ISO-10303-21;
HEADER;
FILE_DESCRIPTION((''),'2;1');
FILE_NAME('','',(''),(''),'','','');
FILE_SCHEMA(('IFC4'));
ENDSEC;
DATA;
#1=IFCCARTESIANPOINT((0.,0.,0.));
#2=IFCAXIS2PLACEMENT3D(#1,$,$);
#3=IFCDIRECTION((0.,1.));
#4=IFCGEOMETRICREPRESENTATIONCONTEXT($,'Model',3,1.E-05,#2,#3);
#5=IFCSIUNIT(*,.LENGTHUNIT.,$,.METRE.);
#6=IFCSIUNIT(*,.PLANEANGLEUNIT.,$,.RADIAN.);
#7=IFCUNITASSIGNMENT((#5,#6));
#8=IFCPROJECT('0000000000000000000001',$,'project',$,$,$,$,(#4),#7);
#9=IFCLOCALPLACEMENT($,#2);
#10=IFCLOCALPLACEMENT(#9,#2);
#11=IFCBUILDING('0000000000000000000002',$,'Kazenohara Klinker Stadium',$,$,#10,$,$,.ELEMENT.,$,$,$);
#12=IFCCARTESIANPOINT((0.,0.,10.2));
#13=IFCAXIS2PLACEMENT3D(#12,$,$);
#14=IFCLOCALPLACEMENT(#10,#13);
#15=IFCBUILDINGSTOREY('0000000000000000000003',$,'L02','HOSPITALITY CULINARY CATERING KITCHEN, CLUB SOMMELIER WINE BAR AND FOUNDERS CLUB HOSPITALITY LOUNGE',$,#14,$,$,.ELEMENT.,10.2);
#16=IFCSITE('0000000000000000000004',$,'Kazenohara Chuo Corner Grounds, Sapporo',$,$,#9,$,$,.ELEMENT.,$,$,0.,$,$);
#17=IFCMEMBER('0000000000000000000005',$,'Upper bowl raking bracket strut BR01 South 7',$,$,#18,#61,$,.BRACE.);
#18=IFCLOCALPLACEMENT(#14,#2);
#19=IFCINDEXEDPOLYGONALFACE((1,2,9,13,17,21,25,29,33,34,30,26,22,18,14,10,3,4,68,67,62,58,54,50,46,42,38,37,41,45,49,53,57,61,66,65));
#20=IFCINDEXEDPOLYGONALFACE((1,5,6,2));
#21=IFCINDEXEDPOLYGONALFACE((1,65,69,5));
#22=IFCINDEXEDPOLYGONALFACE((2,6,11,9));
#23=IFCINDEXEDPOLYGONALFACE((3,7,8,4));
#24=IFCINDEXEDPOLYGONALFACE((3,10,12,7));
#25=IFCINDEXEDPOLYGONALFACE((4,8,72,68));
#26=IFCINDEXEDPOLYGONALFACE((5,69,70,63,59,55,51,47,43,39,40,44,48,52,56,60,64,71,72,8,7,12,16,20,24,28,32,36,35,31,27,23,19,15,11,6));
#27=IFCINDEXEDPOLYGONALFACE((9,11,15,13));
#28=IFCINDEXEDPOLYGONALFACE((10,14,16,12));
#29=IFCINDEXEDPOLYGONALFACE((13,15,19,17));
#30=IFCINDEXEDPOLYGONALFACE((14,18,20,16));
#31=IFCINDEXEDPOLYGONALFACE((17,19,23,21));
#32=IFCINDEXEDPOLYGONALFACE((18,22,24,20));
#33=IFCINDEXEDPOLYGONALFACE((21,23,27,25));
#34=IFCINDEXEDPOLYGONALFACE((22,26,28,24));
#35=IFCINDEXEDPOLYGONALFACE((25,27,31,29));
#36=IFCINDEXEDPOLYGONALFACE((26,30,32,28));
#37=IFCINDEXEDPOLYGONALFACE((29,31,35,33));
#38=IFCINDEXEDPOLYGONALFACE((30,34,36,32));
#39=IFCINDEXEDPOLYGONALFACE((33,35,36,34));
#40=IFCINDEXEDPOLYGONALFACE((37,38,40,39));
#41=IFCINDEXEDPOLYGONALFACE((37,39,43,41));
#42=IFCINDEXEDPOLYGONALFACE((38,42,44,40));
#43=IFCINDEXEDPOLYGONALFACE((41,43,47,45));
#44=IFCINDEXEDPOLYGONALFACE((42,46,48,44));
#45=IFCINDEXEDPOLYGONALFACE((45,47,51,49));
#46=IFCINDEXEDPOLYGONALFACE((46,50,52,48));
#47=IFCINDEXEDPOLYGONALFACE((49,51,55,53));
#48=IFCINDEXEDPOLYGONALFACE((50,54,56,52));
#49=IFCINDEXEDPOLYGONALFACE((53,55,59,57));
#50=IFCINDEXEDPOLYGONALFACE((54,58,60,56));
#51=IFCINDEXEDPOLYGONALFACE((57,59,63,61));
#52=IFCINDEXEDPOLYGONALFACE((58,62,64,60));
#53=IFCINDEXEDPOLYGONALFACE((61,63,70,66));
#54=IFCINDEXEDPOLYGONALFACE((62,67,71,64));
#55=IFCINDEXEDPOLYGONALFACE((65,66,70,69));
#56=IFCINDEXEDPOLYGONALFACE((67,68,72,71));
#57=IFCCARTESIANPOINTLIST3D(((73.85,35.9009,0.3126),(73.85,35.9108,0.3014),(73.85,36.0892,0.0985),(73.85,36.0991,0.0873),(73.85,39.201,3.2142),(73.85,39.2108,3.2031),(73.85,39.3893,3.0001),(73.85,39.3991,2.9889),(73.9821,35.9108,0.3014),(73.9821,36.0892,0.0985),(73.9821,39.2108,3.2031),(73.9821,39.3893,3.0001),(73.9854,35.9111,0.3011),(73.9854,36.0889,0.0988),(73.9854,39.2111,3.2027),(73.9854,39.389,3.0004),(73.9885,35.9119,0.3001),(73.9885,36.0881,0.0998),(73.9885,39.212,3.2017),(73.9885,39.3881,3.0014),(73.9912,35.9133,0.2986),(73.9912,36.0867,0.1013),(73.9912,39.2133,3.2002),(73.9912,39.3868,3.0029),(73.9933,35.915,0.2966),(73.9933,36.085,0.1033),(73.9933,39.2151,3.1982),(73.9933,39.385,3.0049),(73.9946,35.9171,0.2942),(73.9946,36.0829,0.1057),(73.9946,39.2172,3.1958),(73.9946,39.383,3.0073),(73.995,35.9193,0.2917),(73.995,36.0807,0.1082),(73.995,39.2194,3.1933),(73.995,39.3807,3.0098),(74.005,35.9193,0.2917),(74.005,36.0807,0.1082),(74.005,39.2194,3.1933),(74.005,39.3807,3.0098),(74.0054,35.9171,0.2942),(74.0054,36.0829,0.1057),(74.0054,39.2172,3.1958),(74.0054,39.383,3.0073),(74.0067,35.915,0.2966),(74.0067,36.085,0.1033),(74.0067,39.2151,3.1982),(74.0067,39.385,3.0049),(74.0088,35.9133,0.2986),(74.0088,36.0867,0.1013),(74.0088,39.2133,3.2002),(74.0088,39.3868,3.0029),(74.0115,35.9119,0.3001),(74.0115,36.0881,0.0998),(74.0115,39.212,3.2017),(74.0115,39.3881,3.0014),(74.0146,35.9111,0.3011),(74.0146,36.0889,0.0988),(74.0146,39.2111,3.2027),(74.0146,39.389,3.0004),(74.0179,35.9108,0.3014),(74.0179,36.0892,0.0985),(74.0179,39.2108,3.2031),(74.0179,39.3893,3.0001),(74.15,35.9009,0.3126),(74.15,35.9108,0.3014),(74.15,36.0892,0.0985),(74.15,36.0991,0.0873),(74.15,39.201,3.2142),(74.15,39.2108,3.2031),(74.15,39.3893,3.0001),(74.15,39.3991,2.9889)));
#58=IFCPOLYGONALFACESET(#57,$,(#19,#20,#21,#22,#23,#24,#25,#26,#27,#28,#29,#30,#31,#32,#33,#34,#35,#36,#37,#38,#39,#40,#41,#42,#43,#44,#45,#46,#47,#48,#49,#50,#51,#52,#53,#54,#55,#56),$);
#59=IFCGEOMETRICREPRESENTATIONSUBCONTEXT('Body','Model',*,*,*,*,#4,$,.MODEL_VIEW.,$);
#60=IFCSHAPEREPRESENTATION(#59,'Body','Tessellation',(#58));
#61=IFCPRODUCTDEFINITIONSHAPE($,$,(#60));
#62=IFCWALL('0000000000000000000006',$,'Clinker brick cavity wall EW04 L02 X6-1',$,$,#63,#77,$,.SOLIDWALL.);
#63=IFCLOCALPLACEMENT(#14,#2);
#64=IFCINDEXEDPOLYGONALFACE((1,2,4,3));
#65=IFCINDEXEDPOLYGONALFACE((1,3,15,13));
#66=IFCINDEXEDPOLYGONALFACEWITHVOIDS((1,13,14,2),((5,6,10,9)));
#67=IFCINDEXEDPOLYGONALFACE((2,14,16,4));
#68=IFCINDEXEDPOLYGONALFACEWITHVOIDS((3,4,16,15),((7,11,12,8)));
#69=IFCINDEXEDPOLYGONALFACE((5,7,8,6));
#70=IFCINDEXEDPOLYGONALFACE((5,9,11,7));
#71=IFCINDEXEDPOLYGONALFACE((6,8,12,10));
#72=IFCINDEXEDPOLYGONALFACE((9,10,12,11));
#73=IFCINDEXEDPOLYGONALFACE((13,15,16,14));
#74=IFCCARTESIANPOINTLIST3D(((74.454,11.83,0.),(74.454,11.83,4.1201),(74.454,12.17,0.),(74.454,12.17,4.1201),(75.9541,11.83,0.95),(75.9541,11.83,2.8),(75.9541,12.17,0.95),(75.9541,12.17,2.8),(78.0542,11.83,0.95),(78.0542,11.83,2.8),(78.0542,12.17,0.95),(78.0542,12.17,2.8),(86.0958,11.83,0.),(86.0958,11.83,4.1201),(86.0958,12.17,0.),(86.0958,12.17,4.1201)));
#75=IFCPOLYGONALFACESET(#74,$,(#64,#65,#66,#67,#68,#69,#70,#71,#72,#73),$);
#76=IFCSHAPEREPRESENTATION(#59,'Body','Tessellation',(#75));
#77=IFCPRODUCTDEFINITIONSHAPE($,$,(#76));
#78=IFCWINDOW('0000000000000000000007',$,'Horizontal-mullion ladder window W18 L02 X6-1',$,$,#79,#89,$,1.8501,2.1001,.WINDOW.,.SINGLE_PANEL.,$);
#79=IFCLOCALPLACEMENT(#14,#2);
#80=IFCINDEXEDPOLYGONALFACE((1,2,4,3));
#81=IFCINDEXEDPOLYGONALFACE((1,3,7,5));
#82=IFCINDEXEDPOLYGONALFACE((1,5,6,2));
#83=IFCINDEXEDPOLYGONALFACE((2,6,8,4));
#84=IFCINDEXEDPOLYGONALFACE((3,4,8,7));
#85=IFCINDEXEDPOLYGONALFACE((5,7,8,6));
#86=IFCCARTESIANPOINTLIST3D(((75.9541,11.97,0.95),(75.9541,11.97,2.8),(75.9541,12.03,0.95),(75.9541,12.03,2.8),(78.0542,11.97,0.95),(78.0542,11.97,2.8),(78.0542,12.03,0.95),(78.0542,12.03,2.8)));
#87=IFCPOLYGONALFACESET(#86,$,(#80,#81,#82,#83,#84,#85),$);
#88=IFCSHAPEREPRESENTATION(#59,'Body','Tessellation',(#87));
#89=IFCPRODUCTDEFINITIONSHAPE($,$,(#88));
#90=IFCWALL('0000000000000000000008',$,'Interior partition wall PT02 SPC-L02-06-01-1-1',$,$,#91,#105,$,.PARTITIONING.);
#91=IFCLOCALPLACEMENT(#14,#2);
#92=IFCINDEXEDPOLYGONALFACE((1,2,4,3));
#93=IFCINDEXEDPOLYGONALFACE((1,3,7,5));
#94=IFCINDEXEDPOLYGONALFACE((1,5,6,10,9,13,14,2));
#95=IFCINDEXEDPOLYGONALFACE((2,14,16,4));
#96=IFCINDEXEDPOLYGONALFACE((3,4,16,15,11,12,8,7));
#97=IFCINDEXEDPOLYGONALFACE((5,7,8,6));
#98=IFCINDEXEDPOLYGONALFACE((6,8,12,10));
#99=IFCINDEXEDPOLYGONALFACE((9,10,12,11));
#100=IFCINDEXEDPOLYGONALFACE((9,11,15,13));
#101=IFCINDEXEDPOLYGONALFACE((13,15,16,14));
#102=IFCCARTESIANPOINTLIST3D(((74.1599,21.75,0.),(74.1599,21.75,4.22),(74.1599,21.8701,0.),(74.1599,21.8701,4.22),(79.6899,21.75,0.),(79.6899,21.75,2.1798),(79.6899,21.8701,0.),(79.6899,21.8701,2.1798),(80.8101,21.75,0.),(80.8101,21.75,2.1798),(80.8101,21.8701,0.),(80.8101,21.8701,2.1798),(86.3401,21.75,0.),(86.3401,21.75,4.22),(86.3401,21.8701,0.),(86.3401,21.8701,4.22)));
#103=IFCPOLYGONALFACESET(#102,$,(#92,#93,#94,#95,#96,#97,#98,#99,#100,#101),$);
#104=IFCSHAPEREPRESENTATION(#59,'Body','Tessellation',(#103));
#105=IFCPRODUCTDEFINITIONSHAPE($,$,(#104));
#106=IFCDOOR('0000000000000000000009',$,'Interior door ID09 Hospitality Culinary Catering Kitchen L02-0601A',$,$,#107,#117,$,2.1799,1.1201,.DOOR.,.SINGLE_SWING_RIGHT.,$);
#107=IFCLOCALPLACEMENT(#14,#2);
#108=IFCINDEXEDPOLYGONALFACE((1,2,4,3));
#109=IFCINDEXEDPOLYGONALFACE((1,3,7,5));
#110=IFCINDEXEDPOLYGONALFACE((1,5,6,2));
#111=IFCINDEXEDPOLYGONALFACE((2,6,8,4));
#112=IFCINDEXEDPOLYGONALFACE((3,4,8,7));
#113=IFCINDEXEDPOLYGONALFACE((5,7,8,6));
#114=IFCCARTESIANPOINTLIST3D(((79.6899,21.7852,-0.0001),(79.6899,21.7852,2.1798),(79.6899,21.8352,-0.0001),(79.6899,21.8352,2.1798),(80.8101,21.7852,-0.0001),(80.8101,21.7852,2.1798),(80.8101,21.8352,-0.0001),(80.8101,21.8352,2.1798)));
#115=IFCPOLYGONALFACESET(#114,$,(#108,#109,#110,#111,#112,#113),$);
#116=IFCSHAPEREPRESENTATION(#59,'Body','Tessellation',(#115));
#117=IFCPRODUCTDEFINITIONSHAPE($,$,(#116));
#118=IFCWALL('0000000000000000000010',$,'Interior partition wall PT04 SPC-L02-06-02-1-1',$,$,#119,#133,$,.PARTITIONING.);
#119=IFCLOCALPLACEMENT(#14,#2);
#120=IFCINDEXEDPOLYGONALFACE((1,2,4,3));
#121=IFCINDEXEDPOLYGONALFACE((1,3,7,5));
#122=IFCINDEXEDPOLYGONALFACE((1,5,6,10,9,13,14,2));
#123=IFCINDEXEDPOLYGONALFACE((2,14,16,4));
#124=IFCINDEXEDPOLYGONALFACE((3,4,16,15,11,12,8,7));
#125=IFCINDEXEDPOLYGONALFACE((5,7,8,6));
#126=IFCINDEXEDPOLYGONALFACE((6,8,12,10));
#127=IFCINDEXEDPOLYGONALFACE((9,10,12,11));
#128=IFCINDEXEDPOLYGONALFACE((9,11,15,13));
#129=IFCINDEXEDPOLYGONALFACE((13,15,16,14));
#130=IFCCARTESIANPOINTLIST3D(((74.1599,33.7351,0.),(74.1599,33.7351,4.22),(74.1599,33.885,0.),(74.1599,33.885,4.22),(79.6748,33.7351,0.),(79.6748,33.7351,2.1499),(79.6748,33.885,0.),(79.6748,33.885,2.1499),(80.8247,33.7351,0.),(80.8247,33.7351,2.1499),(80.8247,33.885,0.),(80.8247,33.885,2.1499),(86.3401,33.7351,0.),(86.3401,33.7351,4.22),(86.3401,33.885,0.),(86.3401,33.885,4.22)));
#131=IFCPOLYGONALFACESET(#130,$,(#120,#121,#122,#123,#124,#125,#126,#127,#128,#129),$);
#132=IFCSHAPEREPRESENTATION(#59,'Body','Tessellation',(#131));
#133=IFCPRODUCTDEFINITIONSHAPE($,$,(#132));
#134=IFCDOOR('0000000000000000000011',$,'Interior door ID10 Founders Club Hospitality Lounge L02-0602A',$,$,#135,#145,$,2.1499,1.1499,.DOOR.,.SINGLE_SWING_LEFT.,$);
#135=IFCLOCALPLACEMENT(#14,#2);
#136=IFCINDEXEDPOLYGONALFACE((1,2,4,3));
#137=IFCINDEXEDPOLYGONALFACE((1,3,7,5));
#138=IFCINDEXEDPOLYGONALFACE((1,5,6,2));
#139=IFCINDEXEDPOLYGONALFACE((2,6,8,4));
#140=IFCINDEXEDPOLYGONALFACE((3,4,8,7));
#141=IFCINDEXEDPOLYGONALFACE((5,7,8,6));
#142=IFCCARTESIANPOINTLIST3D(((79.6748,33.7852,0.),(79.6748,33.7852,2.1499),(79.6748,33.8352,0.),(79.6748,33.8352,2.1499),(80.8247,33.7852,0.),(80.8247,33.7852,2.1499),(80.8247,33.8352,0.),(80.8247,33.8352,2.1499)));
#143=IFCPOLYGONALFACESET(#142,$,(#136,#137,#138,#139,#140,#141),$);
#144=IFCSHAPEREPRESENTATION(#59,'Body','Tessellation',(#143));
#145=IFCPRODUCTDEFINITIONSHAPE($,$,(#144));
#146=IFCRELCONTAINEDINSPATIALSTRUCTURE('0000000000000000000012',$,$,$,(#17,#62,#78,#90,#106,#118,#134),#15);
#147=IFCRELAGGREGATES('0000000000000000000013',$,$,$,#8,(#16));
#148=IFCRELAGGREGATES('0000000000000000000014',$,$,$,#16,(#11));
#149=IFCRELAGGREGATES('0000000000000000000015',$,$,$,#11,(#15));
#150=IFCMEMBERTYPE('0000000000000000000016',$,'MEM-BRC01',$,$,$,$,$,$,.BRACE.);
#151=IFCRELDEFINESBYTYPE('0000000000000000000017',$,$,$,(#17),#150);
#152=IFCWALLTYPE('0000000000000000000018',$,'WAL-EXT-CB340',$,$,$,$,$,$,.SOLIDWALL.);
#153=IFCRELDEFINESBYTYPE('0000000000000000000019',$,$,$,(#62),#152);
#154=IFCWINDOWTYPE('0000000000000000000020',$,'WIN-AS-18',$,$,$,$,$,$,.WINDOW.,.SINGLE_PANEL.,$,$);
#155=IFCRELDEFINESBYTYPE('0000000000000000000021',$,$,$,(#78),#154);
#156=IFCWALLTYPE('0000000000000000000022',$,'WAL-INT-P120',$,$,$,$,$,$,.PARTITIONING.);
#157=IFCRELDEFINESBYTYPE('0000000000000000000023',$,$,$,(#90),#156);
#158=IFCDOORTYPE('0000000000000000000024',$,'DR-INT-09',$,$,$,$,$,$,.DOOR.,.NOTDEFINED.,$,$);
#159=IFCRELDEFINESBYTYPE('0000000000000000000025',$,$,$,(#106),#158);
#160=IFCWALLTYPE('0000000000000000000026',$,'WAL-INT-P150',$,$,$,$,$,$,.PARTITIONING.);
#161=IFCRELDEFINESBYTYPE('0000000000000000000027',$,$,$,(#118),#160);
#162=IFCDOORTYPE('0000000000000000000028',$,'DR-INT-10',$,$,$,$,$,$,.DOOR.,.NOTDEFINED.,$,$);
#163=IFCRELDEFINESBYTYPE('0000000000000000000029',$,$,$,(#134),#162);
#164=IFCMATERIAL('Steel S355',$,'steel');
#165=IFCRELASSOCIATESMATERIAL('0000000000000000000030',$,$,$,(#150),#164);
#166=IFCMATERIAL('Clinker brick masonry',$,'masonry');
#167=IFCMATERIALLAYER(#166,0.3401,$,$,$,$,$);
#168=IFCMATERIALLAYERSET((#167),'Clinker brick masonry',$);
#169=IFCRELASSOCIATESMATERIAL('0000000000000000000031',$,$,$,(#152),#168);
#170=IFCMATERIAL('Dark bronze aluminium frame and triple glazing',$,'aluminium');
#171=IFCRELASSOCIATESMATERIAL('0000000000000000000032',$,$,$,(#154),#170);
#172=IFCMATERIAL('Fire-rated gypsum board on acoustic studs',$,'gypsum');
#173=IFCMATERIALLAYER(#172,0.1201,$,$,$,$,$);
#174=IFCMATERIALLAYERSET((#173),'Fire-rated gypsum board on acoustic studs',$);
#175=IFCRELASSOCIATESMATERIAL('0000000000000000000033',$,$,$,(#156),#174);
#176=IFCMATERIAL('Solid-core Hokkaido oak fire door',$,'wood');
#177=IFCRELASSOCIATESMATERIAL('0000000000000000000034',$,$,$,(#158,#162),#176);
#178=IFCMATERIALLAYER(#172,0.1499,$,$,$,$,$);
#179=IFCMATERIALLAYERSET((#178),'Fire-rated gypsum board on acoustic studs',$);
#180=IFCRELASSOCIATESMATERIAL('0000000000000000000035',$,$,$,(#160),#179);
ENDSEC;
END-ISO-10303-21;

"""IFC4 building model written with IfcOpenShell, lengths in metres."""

from ifc_helpers import new_model, si_unit, direction, frame, frame_2d, origin, origin_2d, place, context, subcontext, project, spatial, rectangle, i_section, extrude, material, layer, layer_set, material_profile, profile_set, type_object, element, fill, save


model = new_model("IFC4")

# Units and contexts
model_context = context("Model", 3, precision=1e-05, world=origin(), true_north=direction((0.0, 1.0)))
body_context = subcontext(model_context, "Body", "Model", "MODEL_VIEW")
ifc_project = project(units=[si_unit("LENGTHUNIT", "METRE"), si_unit("PLANEANGLEUNIT", "RADIAN")], contexts=[model_context])

# Site, building, storey
site_placement = place(None, origin())
site = spatial("IfcSite", under=ifc_project, at=site_placement, Name="Kazenohara Chuo Corner Grounds, Sapporo", CompositionType="ELEMENT", RefElevation=0.0)
building_placement = place(site_placement, origin())
building = spatial("IfcBuilding", under=site, at=building_placement, Name="Kazenohara Klinker Stadium", CompositionType="ELEMENT")
storey_placement = place(building_placement, frame((0.0, 0.0, 10.2)))
storey = spatial("IfcBuildingStorey", under=building, at=storey_placement, Name="L02", Description="HOSPITALITY CULINARY CATERING KITCHEN, CLUB SOMMELIER WINE BAR AND FOUNDERS CLUB HOSPITALITY LOUNGE", CompositionType="ELEMENT", Elevation=10.2)

# Shared definitions
ifc_material_1 = material(Name="Steel S355", Category="steel")

# Member
ifc_material_profile_1 = material_profile(ifc_material_1, i_section(OverallWidth=0.3, OverallDepth=0.3, WebThickness=0.01, FlangeThickness=0.0149, FilletRadius=0.0129, at=origin_2d()), Name="H-300x300x10x15")
ifc_profile_set_1 = profile_set([ifc_material_profile_1], Name="Steel S355")
member_type = type_object("IfcMemberType", Name="MEM-BRC01", PredefinedType="BRACE", material=ifc_profile_set_1)
member_placement = place(storey_placement, frame((74.0, 36.0, 0.2), z_axis=(0.0, 0.750988, 0.660316), x_axis=(-1.0, 0.0, 0.0)))
element("IfcMember", 1, at=member_placement, inside=storey, type_object=member_type, Name="Upper bowl raking bracket strut BR01 South 7", PredefinedType="BRACE", context=body_context, shape_type="SweptSolid", body=[
    extrude(i_section(OverallWidth=0.3, OverallDepth=0.3, WebThickness=0.01, FlangeThickness=0.0149, FilletRadius=0.0129, at=origin_2d()), origin(), (0.0, 0.0, 1.0), 4.3943),
])

# Wall, opening, window
ifc_material_2 = material(Name="Clinker brick masonry", Category="masonry")
ifc_layer_1 = layer(ifc_material_2, 0.3401)
ifc_layer_set_1 = layer_set([ifc_layer_1], Name="Clinker brick masonry")
wall_type_1 = type_object("IfcWallType", Name="WAL-EXT-CB340", PredefinedType="SOLIDWALL", material=ifc_layer_set_1)
wall_1_placement = place(storey_placement, frame((74.4541, 12.0, 0.0), z_axis=(0.0, 0.0, 1.0), x_axis=(1.0, 0.0, 0.0)))
wall_1 = element("IfcWall", 2, at=wall_1_placement, inside=storey, type_object=wall_type_1, Name="Clinker brick cavity wall EW04 L02 X6-1", PredefinedType="SOLIDWALL", context=body_context, shape_type="SweptSolid", body=[
    extrude(rectangle(XDim=11.6418, YDim=0.3401, at=frame_2d((5.8208, 0.0))), origin(), (0.0, 0.0, 1.0), 4.1201),
])
opening_1_placement = place(wall_1_placement, frame((1.5, 0.0, 0.95)))
opening_1 = element("IfcOpeningElement", 3, at=opening_1_placement, cuts=wall_1, PredefinedType="OPENING", context=body_context, shape_type="SweptSolid", body=[
    extrude(rectangle(XDim=2.1001, YDim=1.8501, at=frame_2d((1.05, 0.925))), frame((0.0, 0.1802, 0.0), z_axis=(0.0, -1.0, 0.0), x_axis=(1.0, 0.0, 0.0)), (0.0, 0.0, 1.0), 0.3601),
])
ifc_material_3 = material(Name="Dark bronze aluminium frame and triple glazing", Category="aluminium")
window_type = type_object("IfcWindowType", Name="WIN-AS-18", PartitioningType="SINGLE_PANEL", PredefinedType="WINDOW", material=ifc_material_3)
window_placement = place(opening_1_placement, origin())
window = element("IfcWindow", 4, at=window_placement, inside=storey, type_object=window_type, Name="Horizontal-mullion ladder window W18 L02 X6-1", OverallHeight=1.8501, OverallWidth=2.1001, PartitioningType="SINGLE_PANEL", PredefinedType="WINDOW", context=body_context, shape_type="SweptSolid", body=[
    extrude(rectangle(XDim=2.1001, YDim=1.8501, at=frame_2d((1.05, 0.925))), frame((0.0, 0.03, 0.0), z_axis=(0.0, -1.0, 0.0), x_axis=(1.0, 0.0, 0.0)), (0.0, 0.0, 1.0), 0.0601),
])
fill(opening_1, window)

# Walls, openings, doors
ifc_material_4 = material(Name="Fire-rated gypsum board on acoustic studs", Category="gypsum")
ifc_layer_2 = layer(ifc_material_4, 0.1201)
ifc_layer_set_2 = layer_set([ifc_layer_2], Name="Fire-rated gypsum board on acoustic studs")
wall_type_2 = type_object("IfcWallType", Name="WAL-INT-P120", PredefinedType="PARTITIONING", material=ifc_layer_set_2)
wall_2_placement = place(storey_placement, frame((74.1599, 21.8101, 0.0), z_axis=(0.0, 0.0, 1.0), x_axis=(1.0, 0.0, 0.0)))
wall_2 = element("IfcWall", 5, at=wall_2_placement, inside=storey, type_object=wall_type_2, Name="Interior partition wall PT02 SPC-L02-06-01-1-1", PredefinedType="PARTITIONING", context=body_context, shape_type="SweptSolid", body=[
    extrude(rectangle(XDim=12.1802, YDim=0.1201, at=frame_2d((6.0901, 0.0))), origin(), (0.0, 0.0, 1.0), 4.22),
])
opening_2_placement = place(wall_2_placement, frame((6.6501, 0.0, 0.0), z_axis=(0.0, 0.0, 1.0), x_axis=(-1.0, 0.0, 0.0)))
opening_2 = element("IfcOpeningElement", 6, at=opening_2_placement, cuts=wall_2, PredefinedType="OPENING", context=body_context, shape_type="SweptSolid", body=[
    extrude(rectangle(XDim=1.1201, YDim=2.1799, at=frame_2d((0.5601, 1.0898))), frame((0.0, 0.0701, 0.0), z_axis=(0.0, -1.0, 0.0), x_axis=(1.0, 0.0, 0.0)), (0.0, 0.0, 1.0), 0.1401),
])
ifc_material_5 = material(Name="Solid-core Hokkaido oak fire door", Category="wood")
door_type_1 = type_object("IfcDoorType", Name="DR-INT-09", OperationType="NOTDEFINED", PredefinedType="DOOR", material=ifc_material_5)
door_1_placement = place(opening_2_placement, origin())
door_1 = element("IfcDoor", 7, at=door_1_placement, inside=storey, type_object=door_type_1, Name="Interior door ID09 Hospitality Culinary Catering Kitchen L02-0601A", OperationType="SINGLE_SWING_RIGHT", OverallHeight=2.1799, OverallWidth=1.1201, PredefinedType="DOOR", context=body_context, shape_type="SweptSolid", body=[
    extrude(rectangle(XDim=1.1201, YDim=2.1799, at=frame_2d((0.5601, 1.0898))), frame((0.0, 0.0249, 0.0), z_axis=(0.0, -1.0, 0.0), x_axis=(1.0, 0.0, 0.0)), (0.0, 0.0, 1.0), 0.05),
])
fill(opening_2, door_1)
ifc_layer_3 = layer(ifc_material_4, 0.1499)
ifc_layer_set_3 = layer_set([ifc_layer_3], Name="Fire-rated gypsum board on acoustic studs")
wall_type_3 = type_object("IfcWallType", Name="WAL-INT-P150", PredefinedType="PARTITIONING", material=ifc_layer_set_3)
wall_3_placement = place(storey_placement, frame((74.1599, 33.8101, 0.0), z_axis=(0.0, 0.0, 1.0), x_axis=(1.0, 0.0, 0.0)))
wall_3 = element("IfcWall", 8, at=wall_3_placement, inside=storey, type_object=wall_type_3, Name="Interior partition wall PT04 SPC-L02-06-02-1-1", PredefinedType="PARTITIONING", context=body_context, shape_type="SweptSolid", body=[
    extrude(rectangle(XDim=12.1802, YDim=0.1499, at=frame_2d((6.0901, 0.0))), origin(), (0.0, 0.0, 1.0), 4.22),
])
opening_3_placement = place(wall_3_placement, frame((6.6648, 0.0, 0.0), z_axis=(0.0, 0.0, 1.0), x_axis=(-1.0, 0.0, 0.0)))
opening_3 = element("IfcOpeningElement", 9, at=opening_3_placement, cuts=wall_3, PredefinedType="OPENING", context=body_context, shape_type="SweptSolid", body=[
    extrude(rectangle(XDim=1.1499, YDim=2.1499, at=frame_2d((0.575, 1.075))), frame((0.0, 0.085, 0.0), z_axis=(0.0, -1.0, 0.0), x_axis=(1.0, 0.0, 0.0)), (0.0, 0.0, 1.0), 0.1699),
])
door_type_2 = type_object("IfcDoorType", Name="DR-INT-10", OperationType="NOTDEFINED", PredefinedType="DOOR", material=ifc_material_5)
door_2_placement = place(opening_3_placement, origin())
door_2 = element("IfcDoor", 10, at=door_2_placement, inside=storey, type_object=door_type_2, Name="Interior door ID10 Founders Club Hospitality Lounge L02-0602A", OperationType="SINGLE_SWING_LEFT", OverallHeight=2.1499, OverallWidth=1.1499, PredefinedType="DOOR", context=body_context, shape_type="SweptSolid", body=[
    extrude(rectangle(XDim=1.1499, YDim=2.1499, at=frame_2d((0.575, 1.075))), frame((0.0, 0.0249, 0.0), z_axis=(0.0, -1.0, 0.0), x_axis=(1.0, 0.0, 0.0)), (0.0, 0.0, 1.0), 0.05),
])
fill(opening_3, door_2)

save(model, "model.ifc")
